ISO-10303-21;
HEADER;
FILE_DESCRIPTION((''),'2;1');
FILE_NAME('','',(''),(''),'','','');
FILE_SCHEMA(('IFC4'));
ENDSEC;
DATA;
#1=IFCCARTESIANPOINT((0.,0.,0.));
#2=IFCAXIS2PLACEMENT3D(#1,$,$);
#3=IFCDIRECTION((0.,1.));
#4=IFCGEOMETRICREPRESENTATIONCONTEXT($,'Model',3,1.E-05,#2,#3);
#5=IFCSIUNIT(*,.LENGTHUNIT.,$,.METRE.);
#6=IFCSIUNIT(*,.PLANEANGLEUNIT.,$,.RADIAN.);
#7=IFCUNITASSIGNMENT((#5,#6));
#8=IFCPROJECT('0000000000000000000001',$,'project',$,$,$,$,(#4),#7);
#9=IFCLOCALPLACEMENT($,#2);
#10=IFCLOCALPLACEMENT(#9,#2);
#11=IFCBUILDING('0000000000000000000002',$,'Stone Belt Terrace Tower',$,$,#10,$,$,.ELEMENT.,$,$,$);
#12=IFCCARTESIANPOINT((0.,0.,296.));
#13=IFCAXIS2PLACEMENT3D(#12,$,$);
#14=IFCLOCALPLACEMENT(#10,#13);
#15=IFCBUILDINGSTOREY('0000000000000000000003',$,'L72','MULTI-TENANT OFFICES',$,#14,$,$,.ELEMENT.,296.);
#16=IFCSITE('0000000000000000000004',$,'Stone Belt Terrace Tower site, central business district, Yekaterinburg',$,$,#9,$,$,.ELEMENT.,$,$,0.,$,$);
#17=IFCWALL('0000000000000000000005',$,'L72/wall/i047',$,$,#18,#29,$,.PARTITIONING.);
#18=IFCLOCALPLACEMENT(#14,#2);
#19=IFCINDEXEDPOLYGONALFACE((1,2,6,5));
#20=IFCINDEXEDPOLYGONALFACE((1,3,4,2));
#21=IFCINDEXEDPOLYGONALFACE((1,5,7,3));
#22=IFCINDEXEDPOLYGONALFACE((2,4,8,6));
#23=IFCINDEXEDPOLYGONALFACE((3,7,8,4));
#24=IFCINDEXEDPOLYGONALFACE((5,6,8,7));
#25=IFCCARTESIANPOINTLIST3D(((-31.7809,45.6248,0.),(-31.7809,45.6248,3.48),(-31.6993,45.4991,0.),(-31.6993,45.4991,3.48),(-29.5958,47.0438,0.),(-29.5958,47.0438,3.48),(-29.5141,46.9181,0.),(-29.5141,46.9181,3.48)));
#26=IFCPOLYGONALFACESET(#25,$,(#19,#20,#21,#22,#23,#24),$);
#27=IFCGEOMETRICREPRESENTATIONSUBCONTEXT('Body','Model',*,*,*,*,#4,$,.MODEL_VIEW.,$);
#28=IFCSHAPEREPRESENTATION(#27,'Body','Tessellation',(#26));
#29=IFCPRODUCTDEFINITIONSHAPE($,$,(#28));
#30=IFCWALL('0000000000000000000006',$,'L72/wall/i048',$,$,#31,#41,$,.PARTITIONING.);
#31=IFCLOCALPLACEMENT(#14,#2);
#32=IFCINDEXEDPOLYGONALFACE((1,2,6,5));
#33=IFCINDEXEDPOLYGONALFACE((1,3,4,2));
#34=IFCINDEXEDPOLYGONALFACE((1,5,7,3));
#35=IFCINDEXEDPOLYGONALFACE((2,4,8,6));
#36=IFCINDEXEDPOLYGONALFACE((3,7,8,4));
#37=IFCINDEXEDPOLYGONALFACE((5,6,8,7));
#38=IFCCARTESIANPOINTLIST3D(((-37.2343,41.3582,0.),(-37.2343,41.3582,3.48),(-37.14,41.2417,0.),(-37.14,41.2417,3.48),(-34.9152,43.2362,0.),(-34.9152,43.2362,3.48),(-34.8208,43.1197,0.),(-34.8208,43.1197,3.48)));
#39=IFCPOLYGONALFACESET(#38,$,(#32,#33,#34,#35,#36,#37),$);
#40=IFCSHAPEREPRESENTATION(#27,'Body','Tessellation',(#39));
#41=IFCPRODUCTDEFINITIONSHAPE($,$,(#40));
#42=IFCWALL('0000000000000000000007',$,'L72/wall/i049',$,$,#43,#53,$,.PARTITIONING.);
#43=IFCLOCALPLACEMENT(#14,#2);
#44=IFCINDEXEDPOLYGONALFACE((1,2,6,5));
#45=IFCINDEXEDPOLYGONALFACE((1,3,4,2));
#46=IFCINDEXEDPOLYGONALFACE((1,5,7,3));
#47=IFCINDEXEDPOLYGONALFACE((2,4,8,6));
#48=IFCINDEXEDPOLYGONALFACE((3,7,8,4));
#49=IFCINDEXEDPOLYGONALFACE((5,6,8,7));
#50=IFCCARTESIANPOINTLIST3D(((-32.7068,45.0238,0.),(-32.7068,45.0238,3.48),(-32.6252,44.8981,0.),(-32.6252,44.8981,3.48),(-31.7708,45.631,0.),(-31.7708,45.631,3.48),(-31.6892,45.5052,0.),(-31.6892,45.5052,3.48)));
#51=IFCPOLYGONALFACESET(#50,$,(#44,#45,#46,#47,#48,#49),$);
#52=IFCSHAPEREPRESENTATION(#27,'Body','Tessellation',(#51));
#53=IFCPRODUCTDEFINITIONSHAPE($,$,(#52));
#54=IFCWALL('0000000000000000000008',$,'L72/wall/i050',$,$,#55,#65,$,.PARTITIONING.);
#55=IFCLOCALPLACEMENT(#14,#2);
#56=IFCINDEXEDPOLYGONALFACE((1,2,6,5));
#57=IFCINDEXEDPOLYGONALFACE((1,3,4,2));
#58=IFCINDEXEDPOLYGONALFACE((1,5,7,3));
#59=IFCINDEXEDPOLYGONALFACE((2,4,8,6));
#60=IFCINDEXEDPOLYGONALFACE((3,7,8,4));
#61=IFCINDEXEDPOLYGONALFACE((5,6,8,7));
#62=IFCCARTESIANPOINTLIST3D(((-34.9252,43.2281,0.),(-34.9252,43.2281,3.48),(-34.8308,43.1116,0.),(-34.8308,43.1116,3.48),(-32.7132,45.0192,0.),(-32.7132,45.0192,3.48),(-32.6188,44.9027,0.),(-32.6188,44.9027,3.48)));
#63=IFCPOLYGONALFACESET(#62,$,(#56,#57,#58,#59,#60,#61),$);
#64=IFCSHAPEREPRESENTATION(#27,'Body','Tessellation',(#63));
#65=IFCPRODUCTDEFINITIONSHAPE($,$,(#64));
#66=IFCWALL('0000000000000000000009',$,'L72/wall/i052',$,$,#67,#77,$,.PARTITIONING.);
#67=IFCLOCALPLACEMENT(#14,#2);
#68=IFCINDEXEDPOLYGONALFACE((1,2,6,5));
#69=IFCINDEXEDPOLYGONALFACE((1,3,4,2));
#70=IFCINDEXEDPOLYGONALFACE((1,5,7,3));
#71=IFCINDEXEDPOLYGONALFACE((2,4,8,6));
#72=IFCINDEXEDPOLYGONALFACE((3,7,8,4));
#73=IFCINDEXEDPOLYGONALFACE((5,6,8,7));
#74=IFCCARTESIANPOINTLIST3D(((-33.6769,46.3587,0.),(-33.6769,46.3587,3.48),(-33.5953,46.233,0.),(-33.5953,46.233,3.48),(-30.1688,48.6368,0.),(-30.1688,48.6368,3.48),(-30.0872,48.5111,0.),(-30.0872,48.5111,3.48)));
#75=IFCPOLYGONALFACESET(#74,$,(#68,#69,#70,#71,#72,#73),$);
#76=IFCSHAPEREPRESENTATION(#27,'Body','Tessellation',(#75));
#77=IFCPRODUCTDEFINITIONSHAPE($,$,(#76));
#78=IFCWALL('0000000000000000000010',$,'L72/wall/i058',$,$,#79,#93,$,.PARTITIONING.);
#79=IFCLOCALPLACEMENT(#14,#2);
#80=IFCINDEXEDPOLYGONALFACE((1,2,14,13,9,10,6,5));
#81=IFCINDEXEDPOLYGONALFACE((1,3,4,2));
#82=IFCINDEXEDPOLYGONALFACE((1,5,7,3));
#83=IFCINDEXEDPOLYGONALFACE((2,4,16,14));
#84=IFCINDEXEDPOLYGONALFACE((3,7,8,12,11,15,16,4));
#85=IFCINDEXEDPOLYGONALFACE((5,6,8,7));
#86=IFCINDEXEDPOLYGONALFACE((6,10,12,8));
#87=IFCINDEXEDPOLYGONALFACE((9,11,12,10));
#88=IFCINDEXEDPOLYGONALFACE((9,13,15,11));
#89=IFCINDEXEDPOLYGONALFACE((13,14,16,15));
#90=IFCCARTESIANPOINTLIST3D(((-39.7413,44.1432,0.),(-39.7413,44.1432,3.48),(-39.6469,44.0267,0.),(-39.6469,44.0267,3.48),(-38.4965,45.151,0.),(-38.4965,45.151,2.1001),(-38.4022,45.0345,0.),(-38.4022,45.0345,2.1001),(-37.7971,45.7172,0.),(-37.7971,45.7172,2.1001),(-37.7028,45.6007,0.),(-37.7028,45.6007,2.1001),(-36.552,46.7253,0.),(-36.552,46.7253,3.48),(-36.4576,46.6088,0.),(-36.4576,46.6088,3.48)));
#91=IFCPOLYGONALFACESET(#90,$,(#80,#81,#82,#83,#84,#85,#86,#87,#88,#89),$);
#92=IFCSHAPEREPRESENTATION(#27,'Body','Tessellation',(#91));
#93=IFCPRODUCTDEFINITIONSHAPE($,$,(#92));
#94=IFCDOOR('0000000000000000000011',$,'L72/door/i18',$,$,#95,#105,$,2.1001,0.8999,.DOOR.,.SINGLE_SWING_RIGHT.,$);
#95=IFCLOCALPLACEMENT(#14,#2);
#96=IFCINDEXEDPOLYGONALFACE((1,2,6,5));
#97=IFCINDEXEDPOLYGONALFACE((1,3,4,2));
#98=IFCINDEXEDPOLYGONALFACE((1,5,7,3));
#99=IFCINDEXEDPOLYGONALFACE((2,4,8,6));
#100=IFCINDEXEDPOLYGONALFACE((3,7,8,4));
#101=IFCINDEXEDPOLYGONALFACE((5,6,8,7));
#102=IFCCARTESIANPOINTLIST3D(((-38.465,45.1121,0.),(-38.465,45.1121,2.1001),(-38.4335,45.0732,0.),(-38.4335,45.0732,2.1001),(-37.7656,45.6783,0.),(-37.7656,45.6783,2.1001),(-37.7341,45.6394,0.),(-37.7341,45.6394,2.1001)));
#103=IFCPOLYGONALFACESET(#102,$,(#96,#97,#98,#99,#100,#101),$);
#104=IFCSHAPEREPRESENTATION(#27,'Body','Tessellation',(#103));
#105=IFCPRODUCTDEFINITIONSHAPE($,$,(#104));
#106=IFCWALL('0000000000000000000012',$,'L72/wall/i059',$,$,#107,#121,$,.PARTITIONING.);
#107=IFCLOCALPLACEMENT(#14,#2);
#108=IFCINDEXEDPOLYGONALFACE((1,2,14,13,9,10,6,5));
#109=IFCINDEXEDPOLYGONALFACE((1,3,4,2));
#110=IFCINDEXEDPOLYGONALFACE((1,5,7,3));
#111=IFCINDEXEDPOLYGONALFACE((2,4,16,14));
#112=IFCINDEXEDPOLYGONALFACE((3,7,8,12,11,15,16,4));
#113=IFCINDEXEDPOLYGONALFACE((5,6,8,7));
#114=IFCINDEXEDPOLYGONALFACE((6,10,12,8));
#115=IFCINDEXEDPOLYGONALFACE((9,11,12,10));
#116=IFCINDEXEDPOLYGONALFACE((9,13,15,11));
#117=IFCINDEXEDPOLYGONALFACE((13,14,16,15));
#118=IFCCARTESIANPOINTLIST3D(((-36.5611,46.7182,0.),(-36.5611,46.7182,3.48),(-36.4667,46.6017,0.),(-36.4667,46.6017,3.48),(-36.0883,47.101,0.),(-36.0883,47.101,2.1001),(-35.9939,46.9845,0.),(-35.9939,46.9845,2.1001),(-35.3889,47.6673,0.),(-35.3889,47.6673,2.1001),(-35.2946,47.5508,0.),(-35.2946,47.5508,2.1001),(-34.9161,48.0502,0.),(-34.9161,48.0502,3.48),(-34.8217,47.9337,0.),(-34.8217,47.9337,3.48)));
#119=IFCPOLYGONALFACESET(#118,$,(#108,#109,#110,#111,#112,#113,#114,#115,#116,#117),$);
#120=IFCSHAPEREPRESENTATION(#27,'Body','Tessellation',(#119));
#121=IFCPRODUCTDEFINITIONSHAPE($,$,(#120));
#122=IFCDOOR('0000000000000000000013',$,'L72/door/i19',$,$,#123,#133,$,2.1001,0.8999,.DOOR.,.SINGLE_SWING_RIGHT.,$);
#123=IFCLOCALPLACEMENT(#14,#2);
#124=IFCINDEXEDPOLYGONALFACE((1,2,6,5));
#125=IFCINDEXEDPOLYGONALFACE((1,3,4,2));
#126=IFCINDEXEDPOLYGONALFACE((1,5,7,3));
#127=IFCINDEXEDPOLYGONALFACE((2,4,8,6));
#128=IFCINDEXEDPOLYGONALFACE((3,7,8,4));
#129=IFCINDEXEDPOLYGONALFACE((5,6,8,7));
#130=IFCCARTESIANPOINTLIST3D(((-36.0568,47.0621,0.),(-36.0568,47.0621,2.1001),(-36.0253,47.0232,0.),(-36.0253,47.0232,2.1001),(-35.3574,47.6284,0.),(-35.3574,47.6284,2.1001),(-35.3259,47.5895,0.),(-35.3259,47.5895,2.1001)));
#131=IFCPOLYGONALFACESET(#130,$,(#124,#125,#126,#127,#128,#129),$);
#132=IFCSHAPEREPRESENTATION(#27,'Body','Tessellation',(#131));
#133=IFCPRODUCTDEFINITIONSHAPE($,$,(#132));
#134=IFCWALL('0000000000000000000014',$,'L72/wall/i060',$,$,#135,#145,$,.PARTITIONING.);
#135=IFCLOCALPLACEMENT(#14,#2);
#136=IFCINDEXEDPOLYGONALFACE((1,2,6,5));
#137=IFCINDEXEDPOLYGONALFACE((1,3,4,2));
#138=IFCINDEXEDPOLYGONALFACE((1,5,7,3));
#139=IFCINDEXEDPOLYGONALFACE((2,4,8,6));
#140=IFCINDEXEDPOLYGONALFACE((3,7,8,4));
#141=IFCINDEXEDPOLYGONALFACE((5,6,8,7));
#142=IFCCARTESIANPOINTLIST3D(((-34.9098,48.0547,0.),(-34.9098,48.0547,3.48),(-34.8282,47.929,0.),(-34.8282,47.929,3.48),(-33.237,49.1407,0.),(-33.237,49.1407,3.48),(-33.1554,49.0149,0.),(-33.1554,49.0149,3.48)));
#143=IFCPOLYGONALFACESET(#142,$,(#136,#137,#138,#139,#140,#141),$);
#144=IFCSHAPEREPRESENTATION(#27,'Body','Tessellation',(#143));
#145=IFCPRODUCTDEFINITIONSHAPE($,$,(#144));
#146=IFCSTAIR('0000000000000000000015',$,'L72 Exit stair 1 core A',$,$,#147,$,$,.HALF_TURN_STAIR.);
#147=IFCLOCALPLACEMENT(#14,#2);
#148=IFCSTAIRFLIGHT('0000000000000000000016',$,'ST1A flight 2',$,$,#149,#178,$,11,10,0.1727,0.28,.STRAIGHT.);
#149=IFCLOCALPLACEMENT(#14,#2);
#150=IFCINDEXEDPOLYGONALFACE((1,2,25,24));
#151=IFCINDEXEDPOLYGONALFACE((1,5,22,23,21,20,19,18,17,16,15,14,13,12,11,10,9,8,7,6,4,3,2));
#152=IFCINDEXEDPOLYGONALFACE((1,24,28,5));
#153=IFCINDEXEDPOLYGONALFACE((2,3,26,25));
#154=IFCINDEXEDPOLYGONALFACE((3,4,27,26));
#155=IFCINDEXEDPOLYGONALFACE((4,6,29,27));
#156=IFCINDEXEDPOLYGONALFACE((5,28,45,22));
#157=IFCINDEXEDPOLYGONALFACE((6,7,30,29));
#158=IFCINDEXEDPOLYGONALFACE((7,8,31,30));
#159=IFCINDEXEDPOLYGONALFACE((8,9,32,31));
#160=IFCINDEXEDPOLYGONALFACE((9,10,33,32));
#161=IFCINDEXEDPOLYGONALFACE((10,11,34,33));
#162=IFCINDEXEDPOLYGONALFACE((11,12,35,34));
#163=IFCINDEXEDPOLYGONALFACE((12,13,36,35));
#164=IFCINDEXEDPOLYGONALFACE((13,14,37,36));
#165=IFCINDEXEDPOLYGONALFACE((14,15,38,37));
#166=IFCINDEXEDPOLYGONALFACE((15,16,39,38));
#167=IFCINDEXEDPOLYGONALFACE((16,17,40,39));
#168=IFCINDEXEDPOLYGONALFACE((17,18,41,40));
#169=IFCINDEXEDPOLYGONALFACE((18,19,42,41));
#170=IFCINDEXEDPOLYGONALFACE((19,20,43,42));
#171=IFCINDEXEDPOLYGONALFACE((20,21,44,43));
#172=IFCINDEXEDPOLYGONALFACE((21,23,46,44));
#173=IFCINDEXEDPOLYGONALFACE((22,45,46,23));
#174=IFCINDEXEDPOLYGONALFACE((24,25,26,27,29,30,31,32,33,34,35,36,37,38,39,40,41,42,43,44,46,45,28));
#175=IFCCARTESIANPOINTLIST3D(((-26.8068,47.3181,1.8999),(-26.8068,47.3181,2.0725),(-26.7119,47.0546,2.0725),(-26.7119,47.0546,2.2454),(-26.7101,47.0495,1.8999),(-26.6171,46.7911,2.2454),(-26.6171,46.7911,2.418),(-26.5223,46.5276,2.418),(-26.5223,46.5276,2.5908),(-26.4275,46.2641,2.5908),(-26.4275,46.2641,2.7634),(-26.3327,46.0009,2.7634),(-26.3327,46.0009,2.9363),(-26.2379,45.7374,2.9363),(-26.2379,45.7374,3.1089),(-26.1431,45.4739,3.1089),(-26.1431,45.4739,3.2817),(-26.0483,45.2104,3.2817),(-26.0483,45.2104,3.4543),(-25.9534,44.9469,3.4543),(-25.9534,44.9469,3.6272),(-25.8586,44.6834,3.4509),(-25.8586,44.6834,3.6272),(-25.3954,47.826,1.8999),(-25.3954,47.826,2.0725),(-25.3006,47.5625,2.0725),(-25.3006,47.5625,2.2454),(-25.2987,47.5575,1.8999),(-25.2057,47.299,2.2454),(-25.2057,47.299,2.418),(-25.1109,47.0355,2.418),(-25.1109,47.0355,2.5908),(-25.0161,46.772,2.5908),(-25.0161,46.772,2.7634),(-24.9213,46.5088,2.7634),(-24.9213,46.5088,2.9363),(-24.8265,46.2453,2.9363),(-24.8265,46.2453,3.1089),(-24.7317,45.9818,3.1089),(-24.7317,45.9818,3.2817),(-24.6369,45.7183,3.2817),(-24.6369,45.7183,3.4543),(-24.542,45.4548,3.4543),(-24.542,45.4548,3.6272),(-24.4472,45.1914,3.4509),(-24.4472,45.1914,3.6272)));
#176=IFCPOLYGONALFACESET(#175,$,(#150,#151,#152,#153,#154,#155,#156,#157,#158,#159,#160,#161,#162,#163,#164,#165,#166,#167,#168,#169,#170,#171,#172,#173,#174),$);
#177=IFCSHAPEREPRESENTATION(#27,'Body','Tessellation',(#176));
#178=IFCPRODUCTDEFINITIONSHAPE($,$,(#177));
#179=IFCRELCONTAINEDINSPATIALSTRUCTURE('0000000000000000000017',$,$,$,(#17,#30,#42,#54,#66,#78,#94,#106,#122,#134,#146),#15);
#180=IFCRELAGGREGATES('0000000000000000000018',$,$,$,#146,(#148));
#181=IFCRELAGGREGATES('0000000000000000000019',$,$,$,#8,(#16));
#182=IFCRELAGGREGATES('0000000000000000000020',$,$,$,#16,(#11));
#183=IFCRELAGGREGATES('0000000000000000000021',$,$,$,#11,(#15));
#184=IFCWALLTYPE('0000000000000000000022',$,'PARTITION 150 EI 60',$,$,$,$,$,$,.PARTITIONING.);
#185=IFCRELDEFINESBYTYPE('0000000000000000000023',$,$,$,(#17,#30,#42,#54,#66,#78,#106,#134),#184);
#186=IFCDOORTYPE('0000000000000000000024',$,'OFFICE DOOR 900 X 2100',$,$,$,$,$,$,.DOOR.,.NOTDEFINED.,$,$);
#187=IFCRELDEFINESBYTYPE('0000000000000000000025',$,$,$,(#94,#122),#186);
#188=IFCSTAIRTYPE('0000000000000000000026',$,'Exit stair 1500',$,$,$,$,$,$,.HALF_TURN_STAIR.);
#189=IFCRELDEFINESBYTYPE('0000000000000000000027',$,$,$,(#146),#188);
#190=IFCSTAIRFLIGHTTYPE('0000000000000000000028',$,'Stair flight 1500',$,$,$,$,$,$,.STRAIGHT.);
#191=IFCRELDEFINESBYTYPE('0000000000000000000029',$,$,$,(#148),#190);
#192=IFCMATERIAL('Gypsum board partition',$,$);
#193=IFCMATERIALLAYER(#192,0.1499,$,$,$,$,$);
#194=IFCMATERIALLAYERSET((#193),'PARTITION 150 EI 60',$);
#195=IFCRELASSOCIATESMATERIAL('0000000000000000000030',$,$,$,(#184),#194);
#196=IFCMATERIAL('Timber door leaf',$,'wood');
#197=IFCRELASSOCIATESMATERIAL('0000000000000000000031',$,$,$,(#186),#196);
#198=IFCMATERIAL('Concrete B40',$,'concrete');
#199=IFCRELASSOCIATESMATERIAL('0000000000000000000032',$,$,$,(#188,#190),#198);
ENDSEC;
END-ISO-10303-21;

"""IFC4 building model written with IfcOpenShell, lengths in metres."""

from ifc_helpers import new_model, si_unit, direction, frame, frame_2d, origin, place, context, subcontext, project, spatial, polyline, rectangle, outline, extrude, material, layer, layer_set, type_object, element, fill, aggregate, save


model = new_model("IFC4")

# Units and contexts
model_context = context("Model", 3, precision=1e-05, world=origin(), true_north=direction((0.0, 1.0)))
body_context = subcontext(model_context, "Body", "Model", "MODEL_VIEW")
ifc_project = project(units=[si_unit("LENGTHUNIT", "METRE"), si_unit("PLANEANGLEUNIT", "RADIAN")], contexts=[model_context])

# Site, building, storey
site_placement = place(None, origin())
site = spatial("IfcSite", under=ifc_project, at=site_placement, Name="Stone Belt Terrace Tower site, central business district, Yekaterinburg", CompositionType="ELEMENT", RefElevation=0.0)
building_placement = place(site_placement, origin())
building = spatial("IfcBuilding", under=site, at=building_placement, Name="Stone Belt Terrace Tower", CompositionType="ELEMENT")
storey_placement = place(building_placement, frame((0.0, 0.0, 296.0)))
storey = spatial("IfcBuildingStorey", under=building, at=storey_placement, Name="L72", Description="MULTI-TENANT OFFICES", CompositionType="ELEMENT", Elevation=296.0)

# Shared definitions
ifc_material_1 = material(Name="Timber door leaf", Category="wood")

# Walls
ifc_material_2 = material(Name="Gypsum board partition")
ifc_layer_1 = layer(ifc_material_2, 0.1499)
ifc_layer_set_1 = layer_set([ifc_layer_1], Name="PARTITION 150 EI 60")
wall_type_1 = type_object("IfcWallType", Name="PARTITION 150 EI 60", PredefinedType="PARTITIONING", material=ifc_layer_set_1)
wall_1_placement = place(storey_placement, frame((-29.5549, 46.981, 0.0), z_axis=(0.0, 0.0, 1.0), x_axis=(-0.838679, -0.544626, 0.0)))
element("IfcWall", 1, at=wall_1_placement, inside=storey, type_object=wall_type_1, Name="L72/wall/i047", PredefinedType="PARTITIONING", context=body_context, shape_type="SweptSolid", body=[
    extrude(rectangle(XDim=2.6055, YDim=0.1499, at=frame_2d((1.3027, 0.0))), origin(), (0.0, 0.0, 1.0), 3.48),
])
wall_2_placement = place(storey_placement, frame((-34.8679, 43.178, 0.0), z_axis=(0.0, 0.0, 1.0), x_axis=(-0.777152, -0.629314, 0.0)))
element("IfcWall", 2, at=wall_2_placement, inside=storey, type_object=wall_type_1, Name="L72/wall/i048", PredefinedType="PARTITIONING", context=body_context, shape_type="SweptSolid", body=[
    extrude(rectangle(XDim=2.9841, YDim=0.1499, at=frame_2d((1.4922, 0.0))), origin(), (0.0, 0.0, 1.0), 3.48),
])
wall_3_placement = place(storey_placement, frame((-31.73, 45.5681, 0.0), z_axis=(0.0, 0.0, 1.0), x_axis=(-0.838953, -0.544204, 0.0)))
element("IfcWall", 3, at=wall_3_placement, inside=storey, type_object=wall_type_1, Name="L72/wall/i049", PredefinedType="PARTITIONING", context=body_context, shape_type="SweptSolid", body=[
    extrude(rectangle(XDim=1.1157, YDim=0.1499, at=frame_2d((0.5579, 0.0))), origin(), (0.0, 0.0, 1.0), 3.48),
])
wall_4_placement = place(storey_placement, frame((-32.666, 44.9609, 0.0), z_axis=(0.0, 0.0, 1.0), x_axis=(-0.777173, -0.629287, 0.0)))
element("IfcWall", 4, at=wall_4_placement, inside=storey, type_object=wall_type_1, Name="L72/wall/i050", PredefinedType="PARTITIONING", context=body_context, shape_type="SweptSolid", body=[
    extrude(rectangle(XDim=2.8462, YDim=0.1499, at=frame_2d((1.4231, 0.0))), origin(), (0.0, 0.0, 1.0), 3.48),
])
wall_5_placement = place(storey_placement, frame((-33.636, 46.2959, 0.0), z_axis=(0.0, 0.0, 1.0), x_axis=(0.83868, 0.544625, 0.0)))
element("IfcWall", 5, at=wall_5_placement, inside=storey, type_object=wall_type_1, Name="L72/wall/i052", PredefinedType="PARTITIONING", context=body_context, shape_type="SweptSolid", body=[
    extrude(rectangle(XDim=4.1829, YDim=0.1499, at=frame_2d((2.0913, 0.0))), origin(), (0.0, 0.0, 1.0), 3.48),
])

# Walls, openings, doors
wall_6_placement = place(storey_placement, frame((-39.6941, 44.085, 0.0), z_axis=(0.0, 0.0, 1.0), x_axis=(0.77721, 0.629241, 0.0)))
wall_6 = element("IfcWall", 6, at=wall_6_placement, inside=storey, type_object=wall_type_1, Name="L72/wall/i058", PredefinedType="PARTITIONING", context=body_context, shape_type="SweptSolid", body=[
    extrude(rectangle(XDim=4.1035, YDim=0.1499, at=frame_2d((2.0518, 0.0))), origin(), (0.0, 0.0, 1.0), 3.48),
])
opening_1_placement = place(wall_6_placement, frame((1.6016, 0.0, 0.0)))
opening_1 = element("IfcOpeningElement", 7, at=opening_1_placement, cuts=wall_6, PredefinedType="OPENING", context=body_context, shape_type="SweptSolid", body=[
    extrude(rectangle(XDim=0.8999, YDim=2.1001, at=frame_2d((0.45, 1.05))), frame((0.0, 0.085, 0.0), z_axis=(0.0, -1.0, 0.0), x_axis=(1.0, 0.0, 0.0)), (0.0, 0.0, 1.0), 0.1699),
])
door_type_1 = type_object("IfcDoorType", Name="OFFICE DOOR 900 X 2100", OperationType="NOTDEFINED", PredefinedType="DOOR", material=ifc_material_1)
door_1_placement = place(opening_1_placement, origin())
door_1 = element("IfcDoor", 8, at=door_1_placement, inside=storey, type_object=door_type_1, Name="L72/door/i18", OperationType="SINGLE_SWING_RIGHT", OverallHeight=2.1001, OverallWidth=0.8999, PredefinedType="DOOR", context=body_context, shape_type="SweptSolid", body=[
    extrude(rectangle(XDim=0.8999, YDim=2.1001, at=frame_2d((0.45, 1.05))), frame((0.0, 0.0249, 0.0), z_axis=(0.0, -1.0, 0.0), x_axis=(1.0, 0.0, 0.0)), (0.0, 0.0, 1.0), 0.05),
])
fill(opening_1, door_1)
wall_7_placement = place(storey_placement, frame((-36.5139, 46.6599, 0.0), z_axis=(0.0, 0.0, 1.0), x_axis=(0.777164, 0.629298, 0.0)))
wall_7 = element("IfcWall", 9, at=wall_7_placement, inside=storey, type_object=wall_type_1, Name="L72/wall/i059", PredefinedType="PARTITIONING", context=body_context, shape_type="SweptSolid", body=[
    extrude(rectangle(XDim=2.1167, YDim=0.1499, at=frame_2d((1.0583, 0.0))), origin(), (0.0, 0.0, 1.0), 3.48),
])
opening_2_placement = place(wall_7_placement, frame((0.6084, 0.0, 0.0)))
opening_2 = element("IfcOpeningElement", 10, at=opening_2_placement, cuts=wall_7, PredefinedType="OPENING", context=body_context, shape_type="SweptSolid", body=[
    extrude(rectangle(XDim=0.8999, YDim=2.1001, at=frame_2d((0.45, 1.05))), frame((0.0, 0.085, 0.0), z_axis=(0.0, -1.0, 0.0), x_axis=(1.0, 0.0, 0.0)), (0.0, 0.0, 1.0), 0.1699),
])
door_2_placement = place(opening_2_placement, origin())
door_2 = element("IfcDoor", 11, at=door_2_placement, inside=storey, type_object=door_type_1, Name="L72/door/i19", OperationType="SINGLE_SWING_RIGHT", OverallHeight=2.1001, OverallWidth=0.8999, PredefinedType="DOOR", context=body_context, shape_type="SweptSolid", body=[
    extrude(rectangle(XDim=0.8999, YDim=2.1001, at=frame_2d((0.45, 1.05))), frame((0.0, 0.0249, 0.0), z_axis=(0.0, -1.0, 0.0), x_axis=(1.0, 0.0, 0.0)), (0.0, 0.0, 1.0), 0.05),
])
fill(opening_2, door_2)

# Wall
wall_8_placement = place(storey_placement, frame((-34.8689, 47.9919, 0.0), z_axis=(0.0, 0.0, 1.0), x_axis=(0.838768, 0.544489, 0.0)))
element("IfcWall", 12, at=wall_8_placement, inside=storey, type_object=wall_type_1, Name="L72/wall/i060", PredefinedType="PARTITIONING", context=body_context, shape_type="SweptSolid", body=[
    extrude(rectangle(XDim=1.9944, YDim=0.1499, at=frame_2d((0.9971, 0.0))), origin(), (0.0, 0.0, 1.0), 3.48),
])

# Stair, stair flight
ifc_material_3 = material(Name="Concrete B40", Category="concrete")
stair_type = type_object("IfcStairType", Name="Exit stair 1500", PredefinedType="HALF_TURN_STAIR", material=ifc_material_3)
stair_placement = place(storey_placement, origin())
stair = element("IfcStair", 13, at=stair_placement, inside=storey, type_object=stair_type, Name="L72 Exit stair 1 core A", PredefinedType="HALF_TURN_STAIR")
stair_flight_type = type_object("IfcStairFlightType", Name="Stair flight 1500", PredefinedType="STRAIGHT", material=ifc_material_3)
stair_flight_placement = place(storey_placement, frame((-26.1011, 47.572, 1.8999), z_axis=(0.0, 0.0, 1.0), x_axis=(0.338624, -0.940922, 0.0)))
stair_flight = element("IfcStairFlight", 14, at=stair_flight_placement, type_object=stair_flight_type, Name="ST1A flight 2", NumberOfRisers=11, NumberOfTreads=10, PredefinedType="STRAIGHT", RiserHeight=0.1727, TreadLength=0.28, context=body_context, shape_type="SweptSolid", body=[
    extrude(outline(polyline([(0.0, 0.0), (0.0, 0.1726), (0.28, 0.1726), (0.28, 0.3455), (0.5601, 0.3455), (0.5601, 0.5181), (0.8401, 0.5181), (0.8401, 0.6909), (1.1201, 0.6909), (1.1201, 0.8635), (1.3999, 0.8635), (1.3999, 1.0364), (1.6799, 1.0364), (1.6799, 1.209), (1.96, 1.209), (1.96, 1.3818), (2.24, 1.3818), (2.24, 1.5544), (2.52, 1.5544), (2.52, 1.7273), (2.8, 1.7273), (2.8, 1.8999), (2.8, 1.551), (0.2854, 0.0), (0.0, 0.0)])), frame((0.0, 0.75, 0.0), z_axis=(0.0, -1.0, 0.0), x_axis=(1.0, 0.0, 0.0)), (0.0, 0.0, 1.0), 1.5),
])
aggregate(stair, [stair_flight])

save(model, "model.ifc")
